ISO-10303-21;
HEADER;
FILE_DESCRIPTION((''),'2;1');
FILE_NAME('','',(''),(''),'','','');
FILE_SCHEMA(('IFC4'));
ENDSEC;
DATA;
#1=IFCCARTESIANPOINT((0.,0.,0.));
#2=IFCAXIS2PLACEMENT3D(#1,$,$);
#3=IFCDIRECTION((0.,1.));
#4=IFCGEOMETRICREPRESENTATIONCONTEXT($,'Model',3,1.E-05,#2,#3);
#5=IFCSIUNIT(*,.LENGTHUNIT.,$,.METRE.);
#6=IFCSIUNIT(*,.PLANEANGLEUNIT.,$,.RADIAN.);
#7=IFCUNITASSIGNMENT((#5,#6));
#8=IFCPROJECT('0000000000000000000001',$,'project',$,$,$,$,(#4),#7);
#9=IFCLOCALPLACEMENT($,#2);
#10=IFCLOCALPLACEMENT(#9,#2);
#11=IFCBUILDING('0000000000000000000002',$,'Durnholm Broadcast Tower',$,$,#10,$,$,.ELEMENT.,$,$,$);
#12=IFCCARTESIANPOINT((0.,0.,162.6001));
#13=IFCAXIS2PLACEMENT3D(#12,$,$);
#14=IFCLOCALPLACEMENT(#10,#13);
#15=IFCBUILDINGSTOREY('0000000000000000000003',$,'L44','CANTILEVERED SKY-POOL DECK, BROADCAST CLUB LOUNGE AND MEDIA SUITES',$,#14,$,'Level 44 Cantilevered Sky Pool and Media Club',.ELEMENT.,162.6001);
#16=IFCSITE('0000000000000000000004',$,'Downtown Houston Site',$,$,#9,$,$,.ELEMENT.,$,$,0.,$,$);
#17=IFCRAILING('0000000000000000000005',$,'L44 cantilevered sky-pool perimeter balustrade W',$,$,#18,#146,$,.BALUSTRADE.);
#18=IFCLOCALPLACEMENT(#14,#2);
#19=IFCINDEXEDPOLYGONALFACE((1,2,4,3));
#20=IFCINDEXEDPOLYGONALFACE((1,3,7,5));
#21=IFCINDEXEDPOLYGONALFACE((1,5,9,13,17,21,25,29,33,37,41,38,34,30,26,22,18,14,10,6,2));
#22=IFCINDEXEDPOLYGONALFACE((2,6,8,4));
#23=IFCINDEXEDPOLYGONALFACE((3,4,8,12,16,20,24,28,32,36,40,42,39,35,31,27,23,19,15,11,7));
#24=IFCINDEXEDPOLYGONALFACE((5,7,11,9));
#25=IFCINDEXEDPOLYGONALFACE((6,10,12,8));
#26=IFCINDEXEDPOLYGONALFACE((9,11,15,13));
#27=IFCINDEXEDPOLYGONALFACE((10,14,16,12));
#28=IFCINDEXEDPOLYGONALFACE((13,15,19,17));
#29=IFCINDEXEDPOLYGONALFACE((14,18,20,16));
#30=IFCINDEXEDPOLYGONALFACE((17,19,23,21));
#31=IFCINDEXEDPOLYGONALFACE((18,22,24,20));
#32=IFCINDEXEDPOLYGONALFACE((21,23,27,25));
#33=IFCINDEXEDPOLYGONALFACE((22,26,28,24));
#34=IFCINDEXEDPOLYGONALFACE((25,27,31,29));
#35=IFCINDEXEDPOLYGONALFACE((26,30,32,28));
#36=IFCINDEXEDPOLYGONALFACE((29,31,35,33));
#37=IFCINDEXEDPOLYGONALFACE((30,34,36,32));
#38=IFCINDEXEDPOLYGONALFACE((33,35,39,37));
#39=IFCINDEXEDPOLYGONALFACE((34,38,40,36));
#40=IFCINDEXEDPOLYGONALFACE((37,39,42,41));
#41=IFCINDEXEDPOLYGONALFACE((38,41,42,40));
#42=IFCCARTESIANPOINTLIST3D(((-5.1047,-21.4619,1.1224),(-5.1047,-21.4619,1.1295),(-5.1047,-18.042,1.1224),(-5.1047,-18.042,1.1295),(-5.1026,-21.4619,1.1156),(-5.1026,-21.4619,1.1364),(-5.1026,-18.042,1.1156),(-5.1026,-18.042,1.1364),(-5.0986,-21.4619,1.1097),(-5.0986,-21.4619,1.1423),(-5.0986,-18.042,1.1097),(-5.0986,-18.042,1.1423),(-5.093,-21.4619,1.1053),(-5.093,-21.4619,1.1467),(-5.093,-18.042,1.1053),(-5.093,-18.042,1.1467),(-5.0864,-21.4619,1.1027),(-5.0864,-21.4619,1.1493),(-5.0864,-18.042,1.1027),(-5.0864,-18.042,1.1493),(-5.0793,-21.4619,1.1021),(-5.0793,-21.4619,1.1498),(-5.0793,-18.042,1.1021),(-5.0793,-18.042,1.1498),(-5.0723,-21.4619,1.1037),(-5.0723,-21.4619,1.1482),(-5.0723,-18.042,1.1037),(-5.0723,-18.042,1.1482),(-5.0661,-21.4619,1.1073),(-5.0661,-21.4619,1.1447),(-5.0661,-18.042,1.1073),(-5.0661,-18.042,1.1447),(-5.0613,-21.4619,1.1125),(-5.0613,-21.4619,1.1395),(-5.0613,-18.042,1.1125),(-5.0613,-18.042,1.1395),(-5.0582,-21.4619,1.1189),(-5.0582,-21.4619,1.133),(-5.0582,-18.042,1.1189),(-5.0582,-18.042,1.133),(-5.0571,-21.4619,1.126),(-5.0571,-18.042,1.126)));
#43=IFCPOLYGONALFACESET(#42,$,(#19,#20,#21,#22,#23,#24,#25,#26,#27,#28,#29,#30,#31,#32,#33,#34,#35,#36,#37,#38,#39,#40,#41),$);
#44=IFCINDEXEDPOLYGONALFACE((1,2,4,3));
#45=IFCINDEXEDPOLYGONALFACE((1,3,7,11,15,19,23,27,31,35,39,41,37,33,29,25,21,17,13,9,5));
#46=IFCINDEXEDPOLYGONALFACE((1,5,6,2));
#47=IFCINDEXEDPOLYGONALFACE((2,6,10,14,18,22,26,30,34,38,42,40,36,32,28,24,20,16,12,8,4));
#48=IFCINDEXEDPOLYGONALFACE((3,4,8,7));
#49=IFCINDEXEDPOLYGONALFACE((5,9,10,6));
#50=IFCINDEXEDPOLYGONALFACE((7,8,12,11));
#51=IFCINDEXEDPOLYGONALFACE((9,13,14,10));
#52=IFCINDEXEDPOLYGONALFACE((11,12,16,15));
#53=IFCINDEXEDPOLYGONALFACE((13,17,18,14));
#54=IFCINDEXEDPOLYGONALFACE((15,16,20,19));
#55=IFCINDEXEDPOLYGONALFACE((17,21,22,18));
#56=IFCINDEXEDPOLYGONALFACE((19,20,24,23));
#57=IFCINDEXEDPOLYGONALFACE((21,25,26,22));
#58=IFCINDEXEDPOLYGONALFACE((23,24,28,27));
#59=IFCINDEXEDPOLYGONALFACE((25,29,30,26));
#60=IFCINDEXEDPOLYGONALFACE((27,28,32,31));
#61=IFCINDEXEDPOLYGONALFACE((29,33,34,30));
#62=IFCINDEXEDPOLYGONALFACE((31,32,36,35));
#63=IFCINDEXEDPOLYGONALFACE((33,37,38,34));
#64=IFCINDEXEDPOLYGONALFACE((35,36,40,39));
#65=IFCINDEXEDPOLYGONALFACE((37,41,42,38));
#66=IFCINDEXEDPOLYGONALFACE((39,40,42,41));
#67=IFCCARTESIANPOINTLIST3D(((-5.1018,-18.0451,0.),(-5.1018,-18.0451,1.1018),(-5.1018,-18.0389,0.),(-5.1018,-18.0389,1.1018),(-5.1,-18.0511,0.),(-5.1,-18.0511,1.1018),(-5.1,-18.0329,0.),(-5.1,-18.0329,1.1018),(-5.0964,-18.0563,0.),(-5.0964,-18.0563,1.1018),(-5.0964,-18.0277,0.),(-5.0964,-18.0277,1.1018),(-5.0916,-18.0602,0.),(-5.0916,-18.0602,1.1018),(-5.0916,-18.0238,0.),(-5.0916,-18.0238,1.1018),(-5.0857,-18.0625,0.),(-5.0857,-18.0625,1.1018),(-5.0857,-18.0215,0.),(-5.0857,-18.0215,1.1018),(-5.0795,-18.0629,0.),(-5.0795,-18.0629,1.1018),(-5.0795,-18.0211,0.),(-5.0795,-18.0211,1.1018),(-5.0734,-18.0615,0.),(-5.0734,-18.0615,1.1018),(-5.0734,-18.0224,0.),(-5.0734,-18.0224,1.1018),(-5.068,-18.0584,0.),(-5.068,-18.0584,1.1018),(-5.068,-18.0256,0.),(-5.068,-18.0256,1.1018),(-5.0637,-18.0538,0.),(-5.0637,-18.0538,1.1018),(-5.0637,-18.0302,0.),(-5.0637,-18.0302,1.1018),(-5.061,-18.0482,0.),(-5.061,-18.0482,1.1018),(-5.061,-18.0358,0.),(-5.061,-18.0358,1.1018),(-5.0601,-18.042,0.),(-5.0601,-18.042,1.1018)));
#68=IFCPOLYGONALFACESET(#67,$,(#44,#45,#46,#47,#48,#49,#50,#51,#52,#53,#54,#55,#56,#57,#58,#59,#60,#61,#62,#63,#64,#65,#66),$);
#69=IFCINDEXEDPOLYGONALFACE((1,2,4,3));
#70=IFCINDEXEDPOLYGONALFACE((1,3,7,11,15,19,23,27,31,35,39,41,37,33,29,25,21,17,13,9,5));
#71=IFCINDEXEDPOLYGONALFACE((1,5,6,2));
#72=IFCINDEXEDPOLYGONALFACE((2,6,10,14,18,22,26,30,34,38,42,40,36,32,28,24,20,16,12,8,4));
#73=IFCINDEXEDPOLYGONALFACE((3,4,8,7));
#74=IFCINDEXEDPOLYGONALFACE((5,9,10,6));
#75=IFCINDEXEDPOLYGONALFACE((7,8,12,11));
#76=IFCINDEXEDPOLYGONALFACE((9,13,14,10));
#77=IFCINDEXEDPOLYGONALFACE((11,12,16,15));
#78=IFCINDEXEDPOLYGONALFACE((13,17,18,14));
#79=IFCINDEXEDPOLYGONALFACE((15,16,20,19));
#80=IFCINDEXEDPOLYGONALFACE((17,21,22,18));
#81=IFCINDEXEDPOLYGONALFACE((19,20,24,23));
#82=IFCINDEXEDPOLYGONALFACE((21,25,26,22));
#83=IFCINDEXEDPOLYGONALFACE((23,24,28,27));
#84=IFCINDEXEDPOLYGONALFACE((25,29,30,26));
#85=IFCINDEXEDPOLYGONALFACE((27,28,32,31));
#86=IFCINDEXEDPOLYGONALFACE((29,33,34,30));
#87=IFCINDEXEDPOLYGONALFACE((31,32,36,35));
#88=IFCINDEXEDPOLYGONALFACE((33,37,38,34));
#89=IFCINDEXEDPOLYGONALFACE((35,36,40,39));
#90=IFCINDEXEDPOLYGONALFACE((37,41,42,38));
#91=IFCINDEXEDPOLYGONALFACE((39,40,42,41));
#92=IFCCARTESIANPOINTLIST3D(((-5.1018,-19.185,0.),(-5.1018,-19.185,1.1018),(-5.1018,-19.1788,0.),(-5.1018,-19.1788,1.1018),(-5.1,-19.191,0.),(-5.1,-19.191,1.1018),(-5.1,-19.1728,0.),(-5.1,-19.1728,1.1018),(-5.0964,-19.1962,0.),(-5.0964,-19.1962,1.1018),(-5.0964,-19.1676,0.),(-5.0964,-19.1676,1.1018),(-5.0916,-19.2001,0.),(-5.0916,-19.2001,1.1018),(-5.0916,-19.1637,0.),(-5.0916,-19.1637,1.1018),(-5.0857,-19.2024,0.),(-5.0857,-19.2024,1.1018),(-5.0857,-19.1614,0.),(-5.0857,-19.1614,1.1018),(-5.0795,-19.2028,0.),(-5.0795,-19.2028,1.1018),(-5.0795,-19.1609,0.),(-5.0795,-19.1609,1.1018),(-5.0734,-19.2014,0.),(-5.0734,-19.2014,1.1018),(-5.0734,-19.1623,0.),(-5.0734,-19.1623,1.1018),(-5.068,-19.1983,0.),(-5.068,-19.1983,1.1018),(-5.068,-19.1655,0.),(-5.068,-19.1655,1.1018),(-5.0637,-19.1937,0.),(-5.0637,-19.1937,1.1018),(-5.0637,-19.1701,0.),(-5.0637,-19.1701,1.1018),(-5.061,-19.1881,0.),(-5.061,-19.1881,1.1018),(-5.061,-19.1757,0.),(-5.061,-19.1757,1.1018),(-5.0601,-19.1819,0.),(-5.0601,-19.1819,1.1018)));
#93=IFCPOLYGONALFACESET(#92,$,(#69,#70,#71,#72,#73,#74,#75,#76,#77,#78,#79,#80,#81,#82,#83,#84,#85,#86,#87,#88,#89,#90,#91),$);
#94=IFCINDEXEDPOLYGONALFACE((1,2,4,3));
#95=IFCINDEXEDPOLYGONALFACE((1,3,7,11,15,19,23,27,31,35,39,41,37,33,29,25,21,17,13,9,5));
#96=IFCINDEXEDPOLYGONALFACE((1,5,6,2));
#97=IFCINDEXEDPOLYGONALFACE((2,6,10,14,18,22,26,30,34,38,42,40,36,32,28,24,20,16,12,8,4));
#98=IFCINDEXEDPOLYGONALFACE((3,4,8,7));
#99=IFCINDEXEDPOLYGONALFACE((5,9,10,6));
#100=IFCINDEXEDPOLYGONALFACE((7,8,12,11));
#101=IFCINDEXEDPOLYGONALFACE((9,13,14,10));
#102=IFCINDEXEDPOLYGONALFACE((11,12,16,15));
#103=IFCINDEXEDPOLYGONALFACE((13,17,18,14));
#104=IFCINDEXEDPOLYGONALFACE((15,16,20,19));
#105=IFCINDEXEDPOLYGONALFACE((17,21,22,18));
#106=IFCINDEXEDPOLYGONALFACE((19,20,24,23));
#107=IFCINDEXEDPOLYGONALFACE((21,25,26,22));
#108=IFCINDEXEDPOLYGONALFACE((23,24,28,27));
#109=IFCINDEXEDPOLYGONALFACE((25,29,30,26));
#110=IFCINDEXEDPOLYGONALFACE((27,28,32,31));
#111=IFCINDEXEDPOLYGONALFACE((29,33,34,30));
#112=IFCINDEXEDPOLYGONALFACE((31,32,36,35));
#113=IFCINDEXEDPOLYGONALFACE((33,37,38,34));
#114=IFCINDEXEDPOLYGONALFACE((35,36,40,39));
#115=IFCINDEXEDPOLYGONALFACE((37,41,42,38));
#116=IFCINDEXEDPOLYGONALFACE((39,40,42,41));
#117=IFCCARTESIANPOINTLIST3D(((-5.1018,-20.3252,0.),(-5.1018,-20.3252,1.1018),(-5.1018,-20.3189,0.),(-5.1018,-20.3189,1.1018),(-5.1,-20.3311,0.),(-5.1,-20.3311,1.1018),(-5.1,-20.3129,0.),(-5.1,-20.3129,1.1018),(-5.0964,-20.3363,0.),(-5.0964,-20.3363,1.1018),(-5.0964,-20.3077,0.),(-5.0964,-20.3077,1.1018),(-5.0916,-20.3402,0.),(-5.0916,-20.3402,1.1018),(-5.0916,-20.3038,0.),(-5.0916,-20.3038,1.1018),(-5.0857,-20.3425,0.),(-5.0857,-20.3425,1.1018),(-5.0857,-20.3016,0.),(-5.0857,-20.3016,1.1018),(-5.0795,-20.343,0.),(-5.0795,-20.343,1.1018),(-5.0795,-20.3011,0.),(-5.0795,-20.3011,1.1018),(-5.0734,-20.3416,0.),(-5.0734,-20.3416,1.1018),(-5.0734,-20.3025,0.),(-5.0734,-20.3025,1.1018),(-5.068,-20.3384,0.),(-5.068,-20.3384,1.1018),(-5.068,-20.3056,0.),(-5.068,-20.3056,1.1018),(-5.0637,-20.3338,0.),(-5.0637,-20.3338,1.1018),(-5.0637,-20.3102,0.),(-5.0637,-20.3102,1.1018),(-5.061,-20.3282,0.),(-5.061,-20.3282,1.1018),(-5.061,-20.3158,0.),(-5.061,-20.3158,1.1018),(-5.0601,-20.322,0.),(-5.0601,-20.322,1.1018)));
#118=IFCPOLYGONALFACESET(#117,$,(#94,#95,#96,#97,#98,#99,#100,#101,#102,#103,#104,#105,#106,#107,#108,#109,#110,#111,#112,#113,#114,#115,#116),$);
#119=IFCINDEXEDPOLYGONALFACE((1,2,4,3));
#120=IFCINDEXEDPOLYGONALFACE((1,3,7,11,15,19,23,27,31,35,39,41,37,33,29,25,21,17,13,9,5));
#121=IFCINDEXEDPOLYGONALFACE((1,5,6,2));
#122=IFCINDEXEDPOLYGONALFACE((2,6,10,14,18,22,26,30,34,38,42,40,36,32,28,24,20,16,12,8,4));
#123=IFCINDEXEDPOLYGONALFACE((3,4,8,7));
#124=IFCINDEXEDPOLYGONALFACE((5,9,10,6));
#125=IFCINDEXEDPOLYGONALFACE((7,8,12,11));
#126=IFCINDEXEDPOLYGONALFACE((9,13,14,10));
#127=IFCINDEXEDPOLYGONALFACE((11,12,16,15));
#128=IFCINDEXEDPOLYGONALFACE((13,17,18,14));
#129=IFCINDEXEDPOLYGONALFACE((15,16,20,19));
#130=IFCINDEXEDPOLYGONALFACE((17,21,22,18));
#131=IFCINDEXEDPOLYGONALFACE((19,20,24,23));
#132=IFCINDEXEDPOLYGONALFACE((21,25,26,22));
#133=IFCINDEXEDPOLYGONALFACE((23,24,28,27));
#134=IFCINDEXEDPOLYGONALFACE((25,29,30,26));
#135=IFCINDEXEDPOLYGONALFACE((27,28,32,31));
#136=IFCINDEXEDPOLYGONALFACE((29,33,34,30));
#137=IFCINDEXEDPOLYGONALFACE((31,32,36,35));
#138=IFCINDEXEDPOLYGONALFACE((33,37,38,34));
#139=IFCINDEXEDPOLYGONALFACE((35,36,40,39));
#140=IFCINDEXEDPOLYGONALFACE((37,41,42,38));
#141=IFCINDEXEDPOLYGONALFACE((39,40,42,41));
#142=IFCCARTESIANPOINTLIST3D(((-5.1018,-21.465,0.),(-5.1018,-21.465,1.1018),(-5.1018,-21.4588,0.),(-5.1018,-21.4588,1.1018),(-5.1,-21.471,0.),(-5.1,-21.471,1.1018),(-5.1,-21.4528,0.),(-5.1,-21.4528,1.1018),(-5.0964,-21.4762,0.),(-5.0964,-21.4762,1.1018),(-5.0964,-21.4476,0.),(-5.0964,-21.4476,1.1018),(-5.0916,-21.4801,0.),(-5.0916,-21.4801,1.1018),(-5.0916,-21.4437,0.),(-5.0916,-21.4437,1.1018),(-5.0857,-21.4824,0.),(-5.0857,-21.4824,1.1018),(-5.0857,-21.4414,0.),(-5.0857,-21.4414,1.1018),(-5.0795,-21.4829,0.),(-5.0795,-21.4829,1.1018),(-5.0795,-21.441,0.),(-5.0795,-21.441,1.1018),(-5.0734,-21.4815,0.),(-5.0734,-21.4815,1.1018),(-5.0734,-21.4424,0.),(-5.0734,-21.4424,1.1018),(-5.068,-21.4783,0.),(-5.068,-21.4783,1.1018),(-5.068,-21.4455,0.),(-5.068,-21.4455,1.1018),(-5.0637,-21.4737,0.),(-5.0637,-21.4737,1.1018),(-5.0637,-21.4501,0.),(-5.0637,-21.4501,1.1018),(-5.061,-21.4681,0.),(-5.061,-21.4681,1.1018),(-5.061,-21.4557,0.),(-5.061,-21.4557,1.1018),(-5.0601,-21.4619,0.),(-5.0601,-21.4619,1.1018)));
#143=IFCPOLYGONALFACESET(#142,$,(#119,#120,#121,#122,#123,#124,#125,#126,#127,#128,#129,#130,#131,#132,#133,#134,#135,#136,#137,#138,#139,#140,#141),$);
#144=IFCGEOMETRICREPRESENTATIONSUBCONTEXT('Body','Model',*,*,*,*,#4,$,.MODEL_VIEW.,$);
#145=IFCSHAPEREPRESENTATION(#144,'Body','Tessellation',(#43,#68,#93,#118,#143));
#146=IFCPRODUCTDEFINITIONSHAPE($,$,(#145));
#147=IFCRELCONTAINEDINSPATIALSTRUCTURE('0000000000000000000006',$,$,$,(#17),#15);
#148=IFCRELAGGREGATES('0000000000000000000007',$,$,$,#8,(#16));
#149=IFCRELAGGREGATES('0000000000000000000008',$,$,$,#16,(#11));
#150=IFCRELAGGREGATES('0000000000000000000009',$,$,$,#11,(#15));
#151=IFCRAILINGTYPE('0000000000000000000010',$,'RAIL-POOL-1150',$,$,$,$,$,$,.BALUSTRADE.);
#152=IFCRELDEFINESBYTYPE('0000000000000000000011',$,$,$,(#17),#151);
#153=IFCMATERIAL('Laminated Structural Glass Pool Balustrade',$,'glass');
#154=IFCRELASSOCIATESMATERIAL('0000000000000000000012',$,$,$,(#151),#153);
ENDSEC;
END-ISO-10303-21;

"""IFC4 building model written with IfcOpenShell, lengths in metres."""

from ifc_helpers import new_model, si_unit, direction, frame, origin, origin_2d, place, context, subcontext, project, spatial, circle, extrude, material, type_object, element, save


model = new_model("IFC4")

# Units and contexts
model_context = context("Model", 3, precision=1e-05, world=origin(), true_north=direction((0.0, 1.0)))
body_context = subcontext(model_context, "Body", "Model", "MODEL_VIEW")
ifc_project = project(units=[si_unit("LENGTHUNIT", "METRE"), si_unit("PLANEANGLEUNIT", "RADIAN")], contexts=[model_context])

# Site, building, storey
site_placement = place(None, origin())
site = spatial("IfcSite", under=ifc_project, at=site_placement, Name="Downtown Houston Site", CompositionType="ELEMENT", RefElevation=0.0)
building_placement = place(site_placement, origin())
building = spatial("IfcBuilding", under=site, at=building_placement, Name="Durnholm Broadcast Tower", CompositionType="ELEMENT")
storey_placement = place(building_placement, frame((0.0, 0.0, 162.6001)))
storey = spatial("IfcBuildingStorey", under=building, at=storey_placement, Name="L44", Description="CANTILEVERED SKY-POOL DECK, BROADCAST CLUB LOUNGE AND MEDIA SUITES", LongName="Level 44 Cantilevered Sky Pool and Media Club", CompositionType="ELEMENT", Elevation=162.6001)

# Railing
ifc_material_1 = material(Name="Laminated Structural Glass Pool Balustrade", Category="glass")
railing_type = type_object("IfcRailingType", Name="RAIL-POOL-1150", PredefinedType="BALUSTRADE", material=ifc_material_1)
railing_1_placement = place(storey_placement, frame((-5.0811, -18.042, 0.0)))
element("IfcRailing", 1, at=railing_1_placement, inside=storey, type_object=railing_type, Name="L44 cantilevered sky-pool perimeter balustrade W", PredefinedType="BALUSTRADE", context=body_context, shape_type="SweptSolid", body=[
    extrude(circle(Radius=0.0239, at=origin_2d()), frame((0.0, 0.0, 1.126), z_axis=(0.0, -1.0, 0.0), x_axis=(1.0, 0.0, 0.0)), (0.0, 0.0, 1.0), 3.4199),
    extrude(circle(Radius=0.021, at=origin_2d()), origin(), (0.0, 0.0, 1.0), 1.1018),
    extrude(circle(Radius=0.021, at=origin_2d()), frame((0.0, -1.1399, 0.0)), (0.0, 0.0, 1.0), 1.1018),
    extrude(circle(Radius=0.021, at=origin_2d()), frame((0.0, -2.28, 0.0)), (0.0, 0.0, 1.0), 1.1018),
    extrude(circle(Radius=0.021, at=origin_2d()), frame((0.0, -3.4199, 0.0)), (0.0, 0.0, 1.0), 1.1018),
])

save(model, "model.ifc")
